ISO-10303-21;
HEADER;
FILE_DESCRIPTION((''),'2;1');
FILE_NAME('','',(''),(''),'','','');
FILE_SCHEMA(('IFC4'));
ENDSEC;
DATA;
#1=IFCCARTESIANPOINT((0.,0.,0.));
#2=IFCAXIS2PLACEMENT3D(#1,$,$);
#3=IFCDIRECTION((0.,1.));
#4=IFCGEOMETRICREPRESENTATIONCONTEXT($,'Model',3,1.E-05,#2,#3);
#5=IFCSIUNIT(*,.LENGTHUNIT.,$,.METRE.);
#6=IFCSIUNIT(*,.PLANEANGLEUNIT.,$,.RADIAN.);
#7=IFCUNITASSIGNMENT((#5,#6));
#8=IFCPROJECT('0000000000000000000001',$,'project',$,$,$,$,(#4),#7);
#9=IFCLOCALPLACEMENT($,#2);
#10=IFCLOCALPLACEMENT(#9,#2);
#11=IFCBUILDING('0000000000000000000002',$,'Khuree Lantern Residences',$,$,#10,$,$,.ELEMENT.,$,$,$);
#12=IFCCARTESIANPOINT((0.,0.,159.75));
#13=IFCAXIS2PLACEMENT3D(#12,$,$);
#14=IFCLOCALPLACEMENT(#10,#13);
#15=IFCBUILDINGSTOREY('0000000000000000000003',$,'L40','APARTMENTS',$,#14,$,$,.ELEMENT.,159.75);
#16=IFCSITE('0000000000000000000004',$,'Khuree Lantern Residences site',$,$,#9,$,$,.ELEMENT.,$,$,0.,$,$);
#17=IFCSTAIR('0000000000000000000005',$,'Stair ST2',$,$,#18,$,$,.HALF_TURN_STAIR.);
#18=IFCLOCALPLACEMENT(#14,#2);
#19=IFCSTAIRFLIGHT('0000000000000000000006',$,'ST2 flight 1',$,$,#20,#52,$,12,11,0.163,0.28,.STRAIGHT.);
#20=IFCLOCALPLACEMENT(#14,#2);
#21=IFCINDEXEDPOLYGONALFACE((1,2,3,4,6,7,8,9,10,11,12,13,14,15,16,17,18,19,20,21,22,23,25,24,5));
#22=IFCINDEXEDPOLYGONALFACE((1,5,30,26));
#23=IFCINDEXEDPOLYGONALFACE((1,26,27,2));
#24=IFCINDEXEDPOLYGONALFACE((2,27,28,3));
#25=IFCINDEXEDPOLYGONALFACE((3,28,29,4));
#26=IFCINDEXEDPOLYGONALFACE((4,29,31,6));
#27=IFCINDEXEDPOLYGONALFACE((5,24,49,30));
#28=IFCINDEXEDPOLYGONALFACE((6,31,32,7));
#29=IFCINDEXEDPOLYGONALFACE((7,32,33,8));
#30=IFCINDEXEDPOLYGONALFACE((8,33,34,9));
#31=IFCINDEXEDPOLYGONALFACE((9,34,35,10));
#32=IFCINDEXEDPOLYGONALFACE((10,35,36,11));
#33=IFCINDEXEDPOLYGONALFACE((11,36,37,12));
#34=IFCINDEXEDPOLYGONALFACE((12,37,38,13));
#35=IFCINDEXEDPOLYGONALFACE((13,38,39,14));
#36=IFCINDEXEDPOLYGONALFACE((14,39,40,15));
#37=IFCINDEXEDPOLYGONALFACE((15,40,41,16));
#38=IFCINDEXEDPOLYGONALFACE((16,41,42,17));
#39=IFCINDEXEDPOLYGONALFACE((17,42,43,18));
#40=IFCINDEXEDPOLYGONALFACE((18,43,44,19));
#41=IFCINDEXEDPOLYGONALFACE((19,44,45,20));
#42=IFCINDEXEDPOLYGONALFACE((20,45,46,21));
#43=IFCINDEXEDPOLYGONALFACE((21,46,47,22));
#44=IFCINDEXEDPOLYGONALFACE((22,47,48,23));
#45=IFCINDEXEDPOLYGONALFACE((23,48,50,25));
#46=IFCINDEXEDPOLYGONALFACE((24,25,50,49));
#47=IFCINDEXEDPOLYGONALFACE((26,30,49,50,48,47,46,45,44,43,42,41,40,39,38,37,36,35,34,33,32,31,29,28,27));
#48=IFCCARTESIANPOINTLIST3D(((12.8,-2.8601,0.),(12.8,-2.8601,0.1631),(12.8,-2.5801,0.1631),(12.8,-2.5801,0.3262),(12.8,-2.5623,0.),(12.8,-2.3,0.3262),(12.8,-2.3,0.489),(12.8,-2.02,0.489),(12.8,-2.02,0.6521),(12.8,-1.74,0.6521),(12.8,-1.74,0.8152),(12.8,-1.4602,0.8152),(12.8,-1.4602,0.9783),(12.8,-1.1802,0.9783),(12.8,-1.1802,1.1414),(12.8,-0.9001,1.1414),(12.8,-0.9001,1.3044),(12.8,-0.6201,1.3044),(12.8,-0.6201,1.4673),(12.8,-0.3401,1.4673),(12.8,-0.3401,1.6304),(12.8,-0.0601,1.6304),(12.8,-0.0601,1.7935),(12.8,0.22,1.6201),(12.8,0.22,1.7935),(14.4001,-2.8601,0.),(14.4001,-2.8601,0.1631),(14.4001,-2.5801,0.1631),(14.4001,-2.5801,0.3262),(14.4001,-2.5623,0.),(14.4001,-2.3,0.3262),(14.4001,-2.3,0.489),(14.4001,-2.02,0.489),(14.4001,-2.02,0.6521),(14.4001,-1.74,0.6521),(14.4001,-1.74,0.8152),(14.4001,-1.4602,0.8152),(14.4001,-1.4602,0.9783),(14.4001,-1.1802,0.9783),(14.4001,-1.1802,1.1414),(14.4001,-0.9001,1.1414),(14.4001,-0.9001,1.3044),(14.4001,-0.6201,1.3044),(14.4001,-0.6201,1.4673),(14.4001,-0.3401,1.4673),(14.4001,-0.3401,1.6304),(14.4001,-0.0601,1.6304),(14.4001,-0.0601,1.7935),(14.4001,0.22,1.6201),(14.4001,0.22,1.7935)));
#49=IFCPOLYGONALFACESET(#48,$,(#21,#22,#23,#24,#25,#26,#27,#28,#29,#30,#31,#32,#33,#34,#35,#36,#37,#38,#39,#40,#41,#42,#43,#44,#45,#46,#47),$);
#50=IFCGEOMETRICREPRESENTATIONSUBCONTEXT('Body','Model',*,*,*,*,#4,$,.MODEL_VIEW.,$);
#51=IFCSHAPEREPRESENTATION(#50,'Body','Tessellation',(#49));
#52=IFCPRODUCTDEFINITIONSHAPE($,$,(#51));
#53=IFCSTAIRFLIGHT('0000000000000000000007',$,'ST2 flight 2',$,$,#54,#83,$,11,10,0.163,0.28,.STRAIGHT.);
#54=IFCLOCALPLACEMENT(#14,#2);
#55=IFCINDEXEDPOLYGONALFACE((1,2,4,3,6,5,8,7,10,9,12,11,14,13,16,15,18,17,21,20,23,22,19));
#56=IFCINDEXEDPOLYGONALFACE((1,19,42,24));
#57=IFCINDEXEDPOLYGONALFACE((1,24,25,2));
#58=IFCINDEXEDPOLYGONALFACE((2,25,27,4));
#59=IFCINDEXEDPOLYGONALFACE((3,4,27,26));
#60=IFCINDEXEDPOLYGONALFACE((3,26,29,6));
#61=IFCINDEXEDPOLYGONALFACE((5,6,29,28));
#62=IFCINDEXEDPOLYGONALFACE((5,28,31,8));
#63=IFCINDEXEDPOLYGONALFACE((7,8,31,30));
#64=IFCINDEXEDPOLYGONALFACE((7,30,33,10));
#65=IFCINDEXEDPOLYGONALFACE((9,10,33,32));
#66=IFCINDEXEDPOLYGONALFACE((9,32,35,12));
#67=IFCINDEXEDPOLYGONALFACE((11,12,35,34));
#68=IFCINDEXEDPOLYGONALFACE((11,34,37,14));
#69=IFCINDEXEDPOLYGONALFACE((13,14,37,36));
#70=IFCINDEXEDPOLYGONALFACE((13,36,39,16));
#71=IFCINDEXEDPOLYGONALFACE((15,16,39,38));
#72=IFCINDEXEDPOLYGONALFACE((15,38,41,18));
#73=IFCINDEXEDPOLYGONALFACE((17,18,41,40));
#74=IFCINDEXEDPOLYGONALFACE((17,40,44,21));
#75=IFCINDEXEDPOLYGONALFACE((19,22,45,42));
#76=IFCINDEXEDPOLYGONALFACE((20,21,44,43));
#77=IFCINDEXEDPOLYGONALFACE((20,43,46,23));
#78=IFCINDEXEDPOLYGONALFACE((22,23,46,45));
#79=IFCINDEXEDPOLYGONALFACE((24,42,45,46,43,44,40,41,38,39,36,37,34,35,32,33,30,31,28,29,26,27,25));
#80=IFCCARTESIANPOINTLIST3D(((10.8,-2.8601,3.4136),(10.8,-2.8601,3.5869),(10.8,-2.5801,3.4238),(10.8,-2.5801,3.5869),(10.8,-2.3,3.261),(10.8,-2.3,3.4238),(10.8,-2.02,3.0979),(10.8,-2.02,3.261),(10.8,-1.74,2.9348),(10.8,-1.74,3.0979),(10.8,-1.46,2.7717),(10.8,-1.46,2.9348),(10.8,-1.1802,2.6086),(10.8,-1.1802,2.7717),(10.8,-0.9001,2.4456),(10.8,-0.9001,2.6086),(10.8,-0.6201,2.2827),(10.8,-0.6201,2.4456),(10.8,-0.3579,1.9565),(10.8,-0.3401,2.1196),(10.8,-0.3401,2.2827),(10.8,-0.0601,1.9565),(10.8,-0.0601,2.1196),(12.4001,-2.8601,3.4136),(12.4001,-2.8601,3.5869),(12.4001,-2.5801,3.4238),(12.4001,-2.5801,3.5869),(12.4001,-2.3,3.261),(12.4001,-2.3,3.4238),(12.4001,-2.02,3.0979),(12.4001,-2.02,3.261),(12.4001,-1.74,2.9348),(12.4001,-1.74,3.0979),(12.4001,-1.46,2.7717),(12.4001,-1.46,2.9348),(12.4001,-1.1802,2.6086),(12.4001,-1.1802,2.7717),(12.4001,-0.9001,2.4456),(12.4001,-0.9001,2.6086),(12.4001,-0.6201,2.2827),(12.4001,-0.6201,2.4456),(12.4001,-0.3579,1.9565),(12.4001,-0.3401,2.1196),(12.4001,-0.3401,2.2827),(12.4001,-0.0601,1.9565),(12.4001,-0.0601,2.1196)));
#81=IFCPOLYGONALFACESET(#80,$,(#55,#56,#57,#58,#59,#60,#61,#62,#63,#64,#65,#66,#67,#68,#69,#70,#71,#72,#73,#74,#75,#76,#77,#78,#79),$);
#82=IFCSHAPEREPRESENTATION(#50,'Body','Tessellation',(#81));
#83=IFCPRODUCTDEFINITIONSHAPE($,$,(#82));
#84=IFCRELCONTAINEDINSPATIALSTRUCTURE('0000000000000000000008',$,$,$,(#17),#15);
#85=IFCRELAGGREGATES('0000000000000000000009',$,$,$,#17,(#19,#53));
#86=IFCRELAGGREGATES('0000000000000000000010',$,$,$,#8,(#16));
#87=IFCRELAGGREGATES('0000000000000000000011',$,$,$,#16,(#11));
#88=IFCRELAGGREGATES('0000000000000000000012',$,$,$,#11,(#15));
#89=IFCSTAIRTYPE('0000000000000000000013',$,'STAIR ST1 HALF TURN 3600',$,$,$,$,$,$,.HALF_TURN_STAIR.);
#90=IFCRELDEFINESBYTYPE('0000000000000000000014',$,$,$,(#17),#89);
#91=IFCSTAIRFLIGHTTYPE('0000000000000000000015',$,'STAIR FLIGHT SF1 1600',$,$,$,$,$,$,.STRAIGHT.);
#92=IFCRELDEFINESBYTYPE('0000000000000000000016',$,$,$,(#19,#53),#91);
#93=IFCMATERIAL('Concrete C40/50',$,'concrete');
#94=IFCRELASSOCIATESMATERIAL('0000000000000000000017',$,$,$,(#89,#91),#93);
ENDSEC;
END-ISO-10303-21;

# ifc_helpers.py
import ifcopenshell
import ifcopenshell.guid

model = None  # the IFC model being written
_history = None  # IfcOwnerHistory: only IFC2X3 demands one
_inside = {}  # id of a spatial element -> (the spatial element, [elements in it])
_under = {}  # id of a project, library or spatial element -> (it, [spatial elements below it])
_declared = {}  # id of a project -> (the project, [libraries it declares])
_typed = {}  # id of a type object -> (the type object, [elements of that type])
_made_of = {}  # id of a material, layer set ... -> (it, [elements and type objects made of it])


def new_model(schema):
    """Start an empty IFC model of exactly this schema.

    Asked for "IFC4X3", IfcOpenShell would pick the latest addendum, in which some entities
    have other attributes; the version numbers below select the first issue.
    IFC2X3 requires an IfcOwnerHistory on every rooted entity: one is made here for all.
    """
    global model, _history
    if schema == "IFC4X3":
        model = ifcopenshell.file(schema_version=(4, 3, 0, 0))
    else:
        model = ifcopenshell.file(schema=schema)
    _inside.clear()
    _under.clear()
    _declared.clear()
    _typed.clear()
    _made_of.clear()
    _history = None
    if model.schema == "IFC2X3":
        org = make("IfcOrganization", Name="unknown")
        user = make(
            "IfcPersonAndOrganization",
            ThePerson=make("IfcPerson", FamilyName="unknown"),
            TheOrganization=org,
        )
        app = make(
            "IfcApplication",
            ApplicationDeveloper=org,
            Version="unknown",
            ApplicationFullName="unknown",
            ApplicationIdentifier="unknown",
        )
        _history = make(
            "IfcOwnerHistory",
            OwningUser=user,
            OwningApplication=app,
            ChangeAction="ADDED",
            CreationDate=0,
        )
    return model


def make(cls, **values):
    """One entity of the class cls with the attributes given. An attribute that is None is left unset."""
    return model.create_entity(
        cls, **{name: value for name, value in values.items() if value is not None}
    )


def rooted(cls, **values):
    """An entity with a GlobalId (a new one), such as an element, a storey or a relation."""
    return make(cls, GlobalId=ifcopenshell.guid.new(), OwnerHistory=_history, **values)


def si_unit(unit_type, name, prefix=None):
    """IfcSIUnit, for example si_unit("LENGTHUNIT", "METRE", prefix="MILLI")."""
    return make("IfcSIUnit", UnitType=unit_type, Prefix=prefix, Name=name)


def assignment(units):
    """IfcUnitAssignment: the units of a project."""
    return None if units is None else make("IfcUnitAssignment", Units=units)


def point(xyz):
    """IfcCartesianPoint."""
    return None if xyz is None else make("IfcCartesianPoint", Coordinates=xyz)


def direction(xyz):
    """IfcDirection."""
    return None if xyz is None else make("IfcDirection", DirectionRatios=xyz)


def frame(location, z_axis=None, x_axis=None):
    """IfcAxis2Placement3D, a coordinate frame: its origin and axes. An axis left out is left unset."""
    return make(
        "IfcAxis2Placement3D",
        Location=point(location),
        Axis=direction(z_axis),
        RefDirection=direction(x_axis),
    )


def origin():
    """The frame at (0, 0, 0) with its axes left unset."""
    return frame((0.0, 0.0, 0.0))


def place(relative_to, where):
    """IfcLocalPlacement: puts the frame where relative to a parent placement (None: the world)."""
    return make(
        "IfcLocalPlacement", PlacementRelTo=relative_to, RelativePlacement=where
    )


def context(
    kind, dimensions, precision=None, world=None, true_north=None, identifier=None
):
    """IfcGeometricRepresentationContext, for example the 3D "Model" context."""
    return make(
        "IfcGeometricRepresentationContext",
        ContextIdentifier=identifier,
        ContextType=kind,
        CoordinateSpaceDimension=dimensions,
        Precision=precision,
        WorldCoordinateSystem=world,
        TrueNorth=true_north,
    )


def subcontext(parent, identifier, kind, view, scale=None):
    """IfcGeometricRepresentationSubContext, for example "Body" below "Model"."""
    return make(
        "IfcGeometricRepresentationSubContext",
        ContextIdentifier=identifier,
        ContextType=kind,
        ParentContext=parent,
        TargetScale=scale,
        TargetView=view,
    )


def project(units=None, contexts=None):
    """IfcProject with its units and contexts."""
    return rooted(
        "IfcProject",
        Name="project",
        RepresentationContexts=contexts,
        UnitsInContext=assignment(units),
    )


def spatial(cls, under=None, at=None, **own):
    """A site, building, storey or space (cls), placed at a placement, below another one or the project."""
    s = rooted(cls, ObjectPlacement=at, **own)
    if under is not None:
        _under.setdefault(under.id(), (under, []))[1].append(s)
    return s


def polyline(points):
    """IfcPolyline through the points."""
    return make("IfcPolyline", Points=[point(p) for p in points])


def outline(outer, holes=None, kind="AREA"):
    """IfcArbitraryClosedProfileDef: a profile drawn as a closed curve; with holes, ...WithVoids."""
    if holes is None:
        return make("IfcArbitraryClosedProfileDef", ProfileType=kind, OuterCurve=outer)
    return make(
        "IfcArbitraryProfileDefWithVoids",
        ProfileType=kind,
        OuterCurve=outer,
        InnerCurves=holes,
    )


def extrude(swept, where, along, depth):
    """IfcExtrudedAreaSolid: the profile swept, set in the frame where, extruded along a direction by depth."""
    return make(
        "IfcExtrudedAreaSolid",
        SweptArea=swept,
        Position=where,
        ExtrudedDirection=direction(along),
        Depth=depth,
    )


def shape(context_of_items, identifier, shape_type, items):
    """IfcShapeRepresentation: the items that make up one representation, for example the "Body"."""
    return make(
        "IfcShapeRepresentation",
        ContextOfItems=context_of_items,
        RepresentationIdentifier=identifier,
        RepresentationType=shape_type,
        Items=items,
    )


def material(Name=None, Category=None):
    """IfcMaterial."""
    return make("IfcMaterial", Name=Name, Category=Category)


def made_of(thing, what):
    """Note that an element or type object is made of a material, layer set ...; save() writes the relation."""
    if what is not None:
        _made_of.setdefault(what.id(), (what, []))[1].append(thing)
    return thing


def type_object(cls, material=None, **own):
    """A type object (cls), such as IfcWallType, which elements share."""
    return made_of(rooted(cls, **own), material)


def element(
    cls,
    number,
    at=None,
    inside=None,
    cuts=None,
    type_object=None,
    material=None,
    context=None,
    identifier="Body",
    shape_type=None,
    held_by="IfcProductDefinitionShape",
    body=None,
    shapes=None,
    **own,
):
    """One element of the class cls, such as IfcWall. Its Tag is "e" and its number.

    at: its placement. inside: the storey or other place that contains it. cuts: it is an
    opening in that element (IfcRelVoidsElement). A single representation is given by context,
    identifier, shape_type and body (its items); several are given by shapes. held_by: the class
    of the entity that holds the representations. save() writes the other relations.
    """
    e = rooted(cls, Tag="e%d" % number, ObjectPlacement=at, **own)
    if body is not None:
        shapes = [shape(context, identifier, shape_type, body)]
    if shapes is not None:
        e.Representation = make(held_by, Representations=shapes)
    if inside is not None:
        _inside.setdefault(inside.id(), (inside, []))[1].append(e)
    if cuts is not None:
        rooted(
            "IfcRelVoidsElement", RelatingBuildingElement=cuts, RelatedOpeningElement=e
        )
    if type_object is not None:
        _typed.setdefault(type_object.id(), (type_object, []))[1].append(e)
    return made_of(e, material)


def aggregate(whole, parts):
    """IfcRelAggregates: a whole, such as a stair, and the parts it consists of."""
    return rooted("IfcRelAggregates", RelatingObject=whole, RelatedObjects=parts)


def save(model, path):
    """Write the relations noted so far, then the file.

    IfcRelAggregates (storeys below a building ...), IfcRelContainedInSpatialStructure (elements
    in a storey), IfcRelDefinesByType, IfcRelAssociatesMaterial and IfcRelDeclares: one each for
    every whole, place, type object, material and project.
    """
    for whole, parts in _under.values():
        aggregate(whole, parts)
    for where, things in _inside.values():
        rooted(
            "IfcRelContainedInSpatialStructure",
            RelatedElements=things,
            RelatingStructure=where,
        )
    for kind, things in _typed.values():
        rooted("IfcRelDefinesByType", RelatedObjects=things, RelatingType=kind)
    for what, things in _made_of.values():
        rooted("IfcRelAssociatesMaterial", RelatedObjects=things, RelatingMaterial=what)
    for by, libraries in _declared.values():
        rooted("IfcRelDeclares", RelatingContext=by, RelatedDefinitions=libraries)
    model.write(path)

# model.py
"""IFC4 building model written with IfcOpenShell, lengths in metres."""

from ifc_helpers import new_model, si_unit, direction, frame, origin, place, context, subcontext, project, spatial, polyline, outline, extrude, material, type_object, element, aggregate, save


model = new_model("IFC4")

# Units and contexts
model_context = context("Model", 3, precision=1e-05, world=origin(), true_north=direction((0.0, 1.0)))
body_context = subcontext(model_context, "Body", "Model", "MODEL_VIEW")
ifc_project = project(units=[si_unit("LENGTHUNIT", "METRE"), si_unit("PLANEANGLEUNIT", "RADIAN")], contexts=[model_context])

# Site, building, storey
site_placement = place(None, origin())
site = spatial("IfcSite", under=ifc_project, at=site_placement, Name="Khuree Lantern Residences site", CompositionType="ELEMENT", RefElevation=0.0)
building_placement = place(site_placement, origin())
building = spatial("IfcBuilding", under=site, at=building_placement, Name="Khuree Lantern Residences", CompositionType="ELEMENT")
storey_placement = place(building_placement, frame((0.0, 0.0, 159.75)))
storey = spatial("IfcBuildingStorey", under=building, at=storey_placement, Name="L40", Description="APARTMENTS", CompositionType="ELEMENT", Elevation=159.75)

# Stair
ifc_material_1 = material(Name="Concrete C40/50", Category="concrete")
stair_type = type_object("IfcStairType", Name="STAIR ST1 HALF TURN 3600", PredefinedType="HALF_TURN_STAIR", material=ifc_material_1)
stair_1_placement = place(storey_placement, origin())
stair_1 = element("IfcStair", 1, at=stair_1_placement, inside=storey, type_object=stair_type, Name="Stair ST2", PredefinedType="HALF_TURN_STAIR")

# Stair flights
stair_flight_type = type_object("IfcStairFlightType", Name="STAIR FLIGHT SF1 1600", PredefinedType="STRAIGHT", material=ifc_material_1)
stair_flight_1_placement = place(storey_placement, frame((13.6001, -2.8601, 0.0), z_axis=(0.0, 0.0, 1.0), x_axis=(0.0, 1.0, 0.0)))
stair_flight_1 = element("IfcStairFlight", 2, at=stair_flight_1_placement, type_object=stair_flight_type, Name="ST2 flight 1", NumberOfRisers=12, NumberOfTreads=11, PredefinedType="STRAIGHT", RiserHeight=0.163, TreadLength=0.28, context=body_context, shape_type="SweptSolid", body=[
    extrude(outline(polyline([(0.0, 0.0), (0.0, 0.1631), (0.28, 0.1631), (0.28, 0.3262), (0.5601, 0.3262), (0.5601, 0.489), (0.8401, 0.489), (0.8401, 0.6521), (1.1201, 0.6521), (1.1201, 0.8152), (1.3999, 0.8152), (1.3999, 0.9783), (1.6799, 0.9783), (1.6799, 1.1414), (1.96, 1.1414), (1.96, 1.3044), (2.24, 1.3044), (2.24, 1.4673), (2.52, 1.4673), (2.52, 1.6304), (2.8, 1.6304), (2.8, 1.7935), (3.0801, 1.7935), (3.0801, 1.9565), (3.0801, 1.6201), (0.2979, 0.0), (0.0, 0.0)])), frame((0.0, 0.8, 0.0), z_axis=(0.0, -1.0, 0.0), x_axis=(1.0, 0.0, 0.0)), (0.0, 0.0, 1.0), 1.6001),
])
stair_flight_2_placement = place(storey_placement, frame((11.6001, -0.0601, 1.9565), z_axis=(0.0, 0.0, 1.0), x_axis=(0.0, -1.0, 0.0)))
stair_flight_2 = element("IfcStairFlight", 3, at=stair_flight_2_placement, type_object=stair_flight_type, Name="ST2 flight 2", NumberOfRisers=11, NumberOfTreads=10, PredefinedType="STRAIGHT", RiserHeight=0.163, TreadLength=0.28, context=body_context, shape_type="SweptSolid", body=[
    extrude(outline(polyline([(0.0, 0.0), (0.0, 0.1631), (0.28, 0.1631), (0.28, 0.3262), (0.5601, 0.3262), (0.5601, 0.489), (0.8401, 0.489), (0.8401, 0.6521), (1.1201, 0.6521), (1.1201, 0.8152), (1.3999, 0.8152), (1.3999, 0.9783), (1.6799, 0.9783), (1.6799, 1.1414), (1.96, 1.1414), (1.96, 1.3044), (2.24, 1.3044), (2.24, 1.4673), (2.52, 1.4673), (2.52, 1.6304), (2.8, 1.6304), (2.8, 1.7935), (2.8, 1.457), (0.2979, 0.0), (0.0, 0.0)])), frame((0.0, 0.8, 0.0), z_axis=(0.0, -1.0, 0.0), x_axis=(1.0, 0.0, 0.0)), (0.0, 0.0, 1.0), 1.6001),
])
aggregate(stair_1, [stair_flight_1, stair_flight_2])

save(model, "model.ifc")
